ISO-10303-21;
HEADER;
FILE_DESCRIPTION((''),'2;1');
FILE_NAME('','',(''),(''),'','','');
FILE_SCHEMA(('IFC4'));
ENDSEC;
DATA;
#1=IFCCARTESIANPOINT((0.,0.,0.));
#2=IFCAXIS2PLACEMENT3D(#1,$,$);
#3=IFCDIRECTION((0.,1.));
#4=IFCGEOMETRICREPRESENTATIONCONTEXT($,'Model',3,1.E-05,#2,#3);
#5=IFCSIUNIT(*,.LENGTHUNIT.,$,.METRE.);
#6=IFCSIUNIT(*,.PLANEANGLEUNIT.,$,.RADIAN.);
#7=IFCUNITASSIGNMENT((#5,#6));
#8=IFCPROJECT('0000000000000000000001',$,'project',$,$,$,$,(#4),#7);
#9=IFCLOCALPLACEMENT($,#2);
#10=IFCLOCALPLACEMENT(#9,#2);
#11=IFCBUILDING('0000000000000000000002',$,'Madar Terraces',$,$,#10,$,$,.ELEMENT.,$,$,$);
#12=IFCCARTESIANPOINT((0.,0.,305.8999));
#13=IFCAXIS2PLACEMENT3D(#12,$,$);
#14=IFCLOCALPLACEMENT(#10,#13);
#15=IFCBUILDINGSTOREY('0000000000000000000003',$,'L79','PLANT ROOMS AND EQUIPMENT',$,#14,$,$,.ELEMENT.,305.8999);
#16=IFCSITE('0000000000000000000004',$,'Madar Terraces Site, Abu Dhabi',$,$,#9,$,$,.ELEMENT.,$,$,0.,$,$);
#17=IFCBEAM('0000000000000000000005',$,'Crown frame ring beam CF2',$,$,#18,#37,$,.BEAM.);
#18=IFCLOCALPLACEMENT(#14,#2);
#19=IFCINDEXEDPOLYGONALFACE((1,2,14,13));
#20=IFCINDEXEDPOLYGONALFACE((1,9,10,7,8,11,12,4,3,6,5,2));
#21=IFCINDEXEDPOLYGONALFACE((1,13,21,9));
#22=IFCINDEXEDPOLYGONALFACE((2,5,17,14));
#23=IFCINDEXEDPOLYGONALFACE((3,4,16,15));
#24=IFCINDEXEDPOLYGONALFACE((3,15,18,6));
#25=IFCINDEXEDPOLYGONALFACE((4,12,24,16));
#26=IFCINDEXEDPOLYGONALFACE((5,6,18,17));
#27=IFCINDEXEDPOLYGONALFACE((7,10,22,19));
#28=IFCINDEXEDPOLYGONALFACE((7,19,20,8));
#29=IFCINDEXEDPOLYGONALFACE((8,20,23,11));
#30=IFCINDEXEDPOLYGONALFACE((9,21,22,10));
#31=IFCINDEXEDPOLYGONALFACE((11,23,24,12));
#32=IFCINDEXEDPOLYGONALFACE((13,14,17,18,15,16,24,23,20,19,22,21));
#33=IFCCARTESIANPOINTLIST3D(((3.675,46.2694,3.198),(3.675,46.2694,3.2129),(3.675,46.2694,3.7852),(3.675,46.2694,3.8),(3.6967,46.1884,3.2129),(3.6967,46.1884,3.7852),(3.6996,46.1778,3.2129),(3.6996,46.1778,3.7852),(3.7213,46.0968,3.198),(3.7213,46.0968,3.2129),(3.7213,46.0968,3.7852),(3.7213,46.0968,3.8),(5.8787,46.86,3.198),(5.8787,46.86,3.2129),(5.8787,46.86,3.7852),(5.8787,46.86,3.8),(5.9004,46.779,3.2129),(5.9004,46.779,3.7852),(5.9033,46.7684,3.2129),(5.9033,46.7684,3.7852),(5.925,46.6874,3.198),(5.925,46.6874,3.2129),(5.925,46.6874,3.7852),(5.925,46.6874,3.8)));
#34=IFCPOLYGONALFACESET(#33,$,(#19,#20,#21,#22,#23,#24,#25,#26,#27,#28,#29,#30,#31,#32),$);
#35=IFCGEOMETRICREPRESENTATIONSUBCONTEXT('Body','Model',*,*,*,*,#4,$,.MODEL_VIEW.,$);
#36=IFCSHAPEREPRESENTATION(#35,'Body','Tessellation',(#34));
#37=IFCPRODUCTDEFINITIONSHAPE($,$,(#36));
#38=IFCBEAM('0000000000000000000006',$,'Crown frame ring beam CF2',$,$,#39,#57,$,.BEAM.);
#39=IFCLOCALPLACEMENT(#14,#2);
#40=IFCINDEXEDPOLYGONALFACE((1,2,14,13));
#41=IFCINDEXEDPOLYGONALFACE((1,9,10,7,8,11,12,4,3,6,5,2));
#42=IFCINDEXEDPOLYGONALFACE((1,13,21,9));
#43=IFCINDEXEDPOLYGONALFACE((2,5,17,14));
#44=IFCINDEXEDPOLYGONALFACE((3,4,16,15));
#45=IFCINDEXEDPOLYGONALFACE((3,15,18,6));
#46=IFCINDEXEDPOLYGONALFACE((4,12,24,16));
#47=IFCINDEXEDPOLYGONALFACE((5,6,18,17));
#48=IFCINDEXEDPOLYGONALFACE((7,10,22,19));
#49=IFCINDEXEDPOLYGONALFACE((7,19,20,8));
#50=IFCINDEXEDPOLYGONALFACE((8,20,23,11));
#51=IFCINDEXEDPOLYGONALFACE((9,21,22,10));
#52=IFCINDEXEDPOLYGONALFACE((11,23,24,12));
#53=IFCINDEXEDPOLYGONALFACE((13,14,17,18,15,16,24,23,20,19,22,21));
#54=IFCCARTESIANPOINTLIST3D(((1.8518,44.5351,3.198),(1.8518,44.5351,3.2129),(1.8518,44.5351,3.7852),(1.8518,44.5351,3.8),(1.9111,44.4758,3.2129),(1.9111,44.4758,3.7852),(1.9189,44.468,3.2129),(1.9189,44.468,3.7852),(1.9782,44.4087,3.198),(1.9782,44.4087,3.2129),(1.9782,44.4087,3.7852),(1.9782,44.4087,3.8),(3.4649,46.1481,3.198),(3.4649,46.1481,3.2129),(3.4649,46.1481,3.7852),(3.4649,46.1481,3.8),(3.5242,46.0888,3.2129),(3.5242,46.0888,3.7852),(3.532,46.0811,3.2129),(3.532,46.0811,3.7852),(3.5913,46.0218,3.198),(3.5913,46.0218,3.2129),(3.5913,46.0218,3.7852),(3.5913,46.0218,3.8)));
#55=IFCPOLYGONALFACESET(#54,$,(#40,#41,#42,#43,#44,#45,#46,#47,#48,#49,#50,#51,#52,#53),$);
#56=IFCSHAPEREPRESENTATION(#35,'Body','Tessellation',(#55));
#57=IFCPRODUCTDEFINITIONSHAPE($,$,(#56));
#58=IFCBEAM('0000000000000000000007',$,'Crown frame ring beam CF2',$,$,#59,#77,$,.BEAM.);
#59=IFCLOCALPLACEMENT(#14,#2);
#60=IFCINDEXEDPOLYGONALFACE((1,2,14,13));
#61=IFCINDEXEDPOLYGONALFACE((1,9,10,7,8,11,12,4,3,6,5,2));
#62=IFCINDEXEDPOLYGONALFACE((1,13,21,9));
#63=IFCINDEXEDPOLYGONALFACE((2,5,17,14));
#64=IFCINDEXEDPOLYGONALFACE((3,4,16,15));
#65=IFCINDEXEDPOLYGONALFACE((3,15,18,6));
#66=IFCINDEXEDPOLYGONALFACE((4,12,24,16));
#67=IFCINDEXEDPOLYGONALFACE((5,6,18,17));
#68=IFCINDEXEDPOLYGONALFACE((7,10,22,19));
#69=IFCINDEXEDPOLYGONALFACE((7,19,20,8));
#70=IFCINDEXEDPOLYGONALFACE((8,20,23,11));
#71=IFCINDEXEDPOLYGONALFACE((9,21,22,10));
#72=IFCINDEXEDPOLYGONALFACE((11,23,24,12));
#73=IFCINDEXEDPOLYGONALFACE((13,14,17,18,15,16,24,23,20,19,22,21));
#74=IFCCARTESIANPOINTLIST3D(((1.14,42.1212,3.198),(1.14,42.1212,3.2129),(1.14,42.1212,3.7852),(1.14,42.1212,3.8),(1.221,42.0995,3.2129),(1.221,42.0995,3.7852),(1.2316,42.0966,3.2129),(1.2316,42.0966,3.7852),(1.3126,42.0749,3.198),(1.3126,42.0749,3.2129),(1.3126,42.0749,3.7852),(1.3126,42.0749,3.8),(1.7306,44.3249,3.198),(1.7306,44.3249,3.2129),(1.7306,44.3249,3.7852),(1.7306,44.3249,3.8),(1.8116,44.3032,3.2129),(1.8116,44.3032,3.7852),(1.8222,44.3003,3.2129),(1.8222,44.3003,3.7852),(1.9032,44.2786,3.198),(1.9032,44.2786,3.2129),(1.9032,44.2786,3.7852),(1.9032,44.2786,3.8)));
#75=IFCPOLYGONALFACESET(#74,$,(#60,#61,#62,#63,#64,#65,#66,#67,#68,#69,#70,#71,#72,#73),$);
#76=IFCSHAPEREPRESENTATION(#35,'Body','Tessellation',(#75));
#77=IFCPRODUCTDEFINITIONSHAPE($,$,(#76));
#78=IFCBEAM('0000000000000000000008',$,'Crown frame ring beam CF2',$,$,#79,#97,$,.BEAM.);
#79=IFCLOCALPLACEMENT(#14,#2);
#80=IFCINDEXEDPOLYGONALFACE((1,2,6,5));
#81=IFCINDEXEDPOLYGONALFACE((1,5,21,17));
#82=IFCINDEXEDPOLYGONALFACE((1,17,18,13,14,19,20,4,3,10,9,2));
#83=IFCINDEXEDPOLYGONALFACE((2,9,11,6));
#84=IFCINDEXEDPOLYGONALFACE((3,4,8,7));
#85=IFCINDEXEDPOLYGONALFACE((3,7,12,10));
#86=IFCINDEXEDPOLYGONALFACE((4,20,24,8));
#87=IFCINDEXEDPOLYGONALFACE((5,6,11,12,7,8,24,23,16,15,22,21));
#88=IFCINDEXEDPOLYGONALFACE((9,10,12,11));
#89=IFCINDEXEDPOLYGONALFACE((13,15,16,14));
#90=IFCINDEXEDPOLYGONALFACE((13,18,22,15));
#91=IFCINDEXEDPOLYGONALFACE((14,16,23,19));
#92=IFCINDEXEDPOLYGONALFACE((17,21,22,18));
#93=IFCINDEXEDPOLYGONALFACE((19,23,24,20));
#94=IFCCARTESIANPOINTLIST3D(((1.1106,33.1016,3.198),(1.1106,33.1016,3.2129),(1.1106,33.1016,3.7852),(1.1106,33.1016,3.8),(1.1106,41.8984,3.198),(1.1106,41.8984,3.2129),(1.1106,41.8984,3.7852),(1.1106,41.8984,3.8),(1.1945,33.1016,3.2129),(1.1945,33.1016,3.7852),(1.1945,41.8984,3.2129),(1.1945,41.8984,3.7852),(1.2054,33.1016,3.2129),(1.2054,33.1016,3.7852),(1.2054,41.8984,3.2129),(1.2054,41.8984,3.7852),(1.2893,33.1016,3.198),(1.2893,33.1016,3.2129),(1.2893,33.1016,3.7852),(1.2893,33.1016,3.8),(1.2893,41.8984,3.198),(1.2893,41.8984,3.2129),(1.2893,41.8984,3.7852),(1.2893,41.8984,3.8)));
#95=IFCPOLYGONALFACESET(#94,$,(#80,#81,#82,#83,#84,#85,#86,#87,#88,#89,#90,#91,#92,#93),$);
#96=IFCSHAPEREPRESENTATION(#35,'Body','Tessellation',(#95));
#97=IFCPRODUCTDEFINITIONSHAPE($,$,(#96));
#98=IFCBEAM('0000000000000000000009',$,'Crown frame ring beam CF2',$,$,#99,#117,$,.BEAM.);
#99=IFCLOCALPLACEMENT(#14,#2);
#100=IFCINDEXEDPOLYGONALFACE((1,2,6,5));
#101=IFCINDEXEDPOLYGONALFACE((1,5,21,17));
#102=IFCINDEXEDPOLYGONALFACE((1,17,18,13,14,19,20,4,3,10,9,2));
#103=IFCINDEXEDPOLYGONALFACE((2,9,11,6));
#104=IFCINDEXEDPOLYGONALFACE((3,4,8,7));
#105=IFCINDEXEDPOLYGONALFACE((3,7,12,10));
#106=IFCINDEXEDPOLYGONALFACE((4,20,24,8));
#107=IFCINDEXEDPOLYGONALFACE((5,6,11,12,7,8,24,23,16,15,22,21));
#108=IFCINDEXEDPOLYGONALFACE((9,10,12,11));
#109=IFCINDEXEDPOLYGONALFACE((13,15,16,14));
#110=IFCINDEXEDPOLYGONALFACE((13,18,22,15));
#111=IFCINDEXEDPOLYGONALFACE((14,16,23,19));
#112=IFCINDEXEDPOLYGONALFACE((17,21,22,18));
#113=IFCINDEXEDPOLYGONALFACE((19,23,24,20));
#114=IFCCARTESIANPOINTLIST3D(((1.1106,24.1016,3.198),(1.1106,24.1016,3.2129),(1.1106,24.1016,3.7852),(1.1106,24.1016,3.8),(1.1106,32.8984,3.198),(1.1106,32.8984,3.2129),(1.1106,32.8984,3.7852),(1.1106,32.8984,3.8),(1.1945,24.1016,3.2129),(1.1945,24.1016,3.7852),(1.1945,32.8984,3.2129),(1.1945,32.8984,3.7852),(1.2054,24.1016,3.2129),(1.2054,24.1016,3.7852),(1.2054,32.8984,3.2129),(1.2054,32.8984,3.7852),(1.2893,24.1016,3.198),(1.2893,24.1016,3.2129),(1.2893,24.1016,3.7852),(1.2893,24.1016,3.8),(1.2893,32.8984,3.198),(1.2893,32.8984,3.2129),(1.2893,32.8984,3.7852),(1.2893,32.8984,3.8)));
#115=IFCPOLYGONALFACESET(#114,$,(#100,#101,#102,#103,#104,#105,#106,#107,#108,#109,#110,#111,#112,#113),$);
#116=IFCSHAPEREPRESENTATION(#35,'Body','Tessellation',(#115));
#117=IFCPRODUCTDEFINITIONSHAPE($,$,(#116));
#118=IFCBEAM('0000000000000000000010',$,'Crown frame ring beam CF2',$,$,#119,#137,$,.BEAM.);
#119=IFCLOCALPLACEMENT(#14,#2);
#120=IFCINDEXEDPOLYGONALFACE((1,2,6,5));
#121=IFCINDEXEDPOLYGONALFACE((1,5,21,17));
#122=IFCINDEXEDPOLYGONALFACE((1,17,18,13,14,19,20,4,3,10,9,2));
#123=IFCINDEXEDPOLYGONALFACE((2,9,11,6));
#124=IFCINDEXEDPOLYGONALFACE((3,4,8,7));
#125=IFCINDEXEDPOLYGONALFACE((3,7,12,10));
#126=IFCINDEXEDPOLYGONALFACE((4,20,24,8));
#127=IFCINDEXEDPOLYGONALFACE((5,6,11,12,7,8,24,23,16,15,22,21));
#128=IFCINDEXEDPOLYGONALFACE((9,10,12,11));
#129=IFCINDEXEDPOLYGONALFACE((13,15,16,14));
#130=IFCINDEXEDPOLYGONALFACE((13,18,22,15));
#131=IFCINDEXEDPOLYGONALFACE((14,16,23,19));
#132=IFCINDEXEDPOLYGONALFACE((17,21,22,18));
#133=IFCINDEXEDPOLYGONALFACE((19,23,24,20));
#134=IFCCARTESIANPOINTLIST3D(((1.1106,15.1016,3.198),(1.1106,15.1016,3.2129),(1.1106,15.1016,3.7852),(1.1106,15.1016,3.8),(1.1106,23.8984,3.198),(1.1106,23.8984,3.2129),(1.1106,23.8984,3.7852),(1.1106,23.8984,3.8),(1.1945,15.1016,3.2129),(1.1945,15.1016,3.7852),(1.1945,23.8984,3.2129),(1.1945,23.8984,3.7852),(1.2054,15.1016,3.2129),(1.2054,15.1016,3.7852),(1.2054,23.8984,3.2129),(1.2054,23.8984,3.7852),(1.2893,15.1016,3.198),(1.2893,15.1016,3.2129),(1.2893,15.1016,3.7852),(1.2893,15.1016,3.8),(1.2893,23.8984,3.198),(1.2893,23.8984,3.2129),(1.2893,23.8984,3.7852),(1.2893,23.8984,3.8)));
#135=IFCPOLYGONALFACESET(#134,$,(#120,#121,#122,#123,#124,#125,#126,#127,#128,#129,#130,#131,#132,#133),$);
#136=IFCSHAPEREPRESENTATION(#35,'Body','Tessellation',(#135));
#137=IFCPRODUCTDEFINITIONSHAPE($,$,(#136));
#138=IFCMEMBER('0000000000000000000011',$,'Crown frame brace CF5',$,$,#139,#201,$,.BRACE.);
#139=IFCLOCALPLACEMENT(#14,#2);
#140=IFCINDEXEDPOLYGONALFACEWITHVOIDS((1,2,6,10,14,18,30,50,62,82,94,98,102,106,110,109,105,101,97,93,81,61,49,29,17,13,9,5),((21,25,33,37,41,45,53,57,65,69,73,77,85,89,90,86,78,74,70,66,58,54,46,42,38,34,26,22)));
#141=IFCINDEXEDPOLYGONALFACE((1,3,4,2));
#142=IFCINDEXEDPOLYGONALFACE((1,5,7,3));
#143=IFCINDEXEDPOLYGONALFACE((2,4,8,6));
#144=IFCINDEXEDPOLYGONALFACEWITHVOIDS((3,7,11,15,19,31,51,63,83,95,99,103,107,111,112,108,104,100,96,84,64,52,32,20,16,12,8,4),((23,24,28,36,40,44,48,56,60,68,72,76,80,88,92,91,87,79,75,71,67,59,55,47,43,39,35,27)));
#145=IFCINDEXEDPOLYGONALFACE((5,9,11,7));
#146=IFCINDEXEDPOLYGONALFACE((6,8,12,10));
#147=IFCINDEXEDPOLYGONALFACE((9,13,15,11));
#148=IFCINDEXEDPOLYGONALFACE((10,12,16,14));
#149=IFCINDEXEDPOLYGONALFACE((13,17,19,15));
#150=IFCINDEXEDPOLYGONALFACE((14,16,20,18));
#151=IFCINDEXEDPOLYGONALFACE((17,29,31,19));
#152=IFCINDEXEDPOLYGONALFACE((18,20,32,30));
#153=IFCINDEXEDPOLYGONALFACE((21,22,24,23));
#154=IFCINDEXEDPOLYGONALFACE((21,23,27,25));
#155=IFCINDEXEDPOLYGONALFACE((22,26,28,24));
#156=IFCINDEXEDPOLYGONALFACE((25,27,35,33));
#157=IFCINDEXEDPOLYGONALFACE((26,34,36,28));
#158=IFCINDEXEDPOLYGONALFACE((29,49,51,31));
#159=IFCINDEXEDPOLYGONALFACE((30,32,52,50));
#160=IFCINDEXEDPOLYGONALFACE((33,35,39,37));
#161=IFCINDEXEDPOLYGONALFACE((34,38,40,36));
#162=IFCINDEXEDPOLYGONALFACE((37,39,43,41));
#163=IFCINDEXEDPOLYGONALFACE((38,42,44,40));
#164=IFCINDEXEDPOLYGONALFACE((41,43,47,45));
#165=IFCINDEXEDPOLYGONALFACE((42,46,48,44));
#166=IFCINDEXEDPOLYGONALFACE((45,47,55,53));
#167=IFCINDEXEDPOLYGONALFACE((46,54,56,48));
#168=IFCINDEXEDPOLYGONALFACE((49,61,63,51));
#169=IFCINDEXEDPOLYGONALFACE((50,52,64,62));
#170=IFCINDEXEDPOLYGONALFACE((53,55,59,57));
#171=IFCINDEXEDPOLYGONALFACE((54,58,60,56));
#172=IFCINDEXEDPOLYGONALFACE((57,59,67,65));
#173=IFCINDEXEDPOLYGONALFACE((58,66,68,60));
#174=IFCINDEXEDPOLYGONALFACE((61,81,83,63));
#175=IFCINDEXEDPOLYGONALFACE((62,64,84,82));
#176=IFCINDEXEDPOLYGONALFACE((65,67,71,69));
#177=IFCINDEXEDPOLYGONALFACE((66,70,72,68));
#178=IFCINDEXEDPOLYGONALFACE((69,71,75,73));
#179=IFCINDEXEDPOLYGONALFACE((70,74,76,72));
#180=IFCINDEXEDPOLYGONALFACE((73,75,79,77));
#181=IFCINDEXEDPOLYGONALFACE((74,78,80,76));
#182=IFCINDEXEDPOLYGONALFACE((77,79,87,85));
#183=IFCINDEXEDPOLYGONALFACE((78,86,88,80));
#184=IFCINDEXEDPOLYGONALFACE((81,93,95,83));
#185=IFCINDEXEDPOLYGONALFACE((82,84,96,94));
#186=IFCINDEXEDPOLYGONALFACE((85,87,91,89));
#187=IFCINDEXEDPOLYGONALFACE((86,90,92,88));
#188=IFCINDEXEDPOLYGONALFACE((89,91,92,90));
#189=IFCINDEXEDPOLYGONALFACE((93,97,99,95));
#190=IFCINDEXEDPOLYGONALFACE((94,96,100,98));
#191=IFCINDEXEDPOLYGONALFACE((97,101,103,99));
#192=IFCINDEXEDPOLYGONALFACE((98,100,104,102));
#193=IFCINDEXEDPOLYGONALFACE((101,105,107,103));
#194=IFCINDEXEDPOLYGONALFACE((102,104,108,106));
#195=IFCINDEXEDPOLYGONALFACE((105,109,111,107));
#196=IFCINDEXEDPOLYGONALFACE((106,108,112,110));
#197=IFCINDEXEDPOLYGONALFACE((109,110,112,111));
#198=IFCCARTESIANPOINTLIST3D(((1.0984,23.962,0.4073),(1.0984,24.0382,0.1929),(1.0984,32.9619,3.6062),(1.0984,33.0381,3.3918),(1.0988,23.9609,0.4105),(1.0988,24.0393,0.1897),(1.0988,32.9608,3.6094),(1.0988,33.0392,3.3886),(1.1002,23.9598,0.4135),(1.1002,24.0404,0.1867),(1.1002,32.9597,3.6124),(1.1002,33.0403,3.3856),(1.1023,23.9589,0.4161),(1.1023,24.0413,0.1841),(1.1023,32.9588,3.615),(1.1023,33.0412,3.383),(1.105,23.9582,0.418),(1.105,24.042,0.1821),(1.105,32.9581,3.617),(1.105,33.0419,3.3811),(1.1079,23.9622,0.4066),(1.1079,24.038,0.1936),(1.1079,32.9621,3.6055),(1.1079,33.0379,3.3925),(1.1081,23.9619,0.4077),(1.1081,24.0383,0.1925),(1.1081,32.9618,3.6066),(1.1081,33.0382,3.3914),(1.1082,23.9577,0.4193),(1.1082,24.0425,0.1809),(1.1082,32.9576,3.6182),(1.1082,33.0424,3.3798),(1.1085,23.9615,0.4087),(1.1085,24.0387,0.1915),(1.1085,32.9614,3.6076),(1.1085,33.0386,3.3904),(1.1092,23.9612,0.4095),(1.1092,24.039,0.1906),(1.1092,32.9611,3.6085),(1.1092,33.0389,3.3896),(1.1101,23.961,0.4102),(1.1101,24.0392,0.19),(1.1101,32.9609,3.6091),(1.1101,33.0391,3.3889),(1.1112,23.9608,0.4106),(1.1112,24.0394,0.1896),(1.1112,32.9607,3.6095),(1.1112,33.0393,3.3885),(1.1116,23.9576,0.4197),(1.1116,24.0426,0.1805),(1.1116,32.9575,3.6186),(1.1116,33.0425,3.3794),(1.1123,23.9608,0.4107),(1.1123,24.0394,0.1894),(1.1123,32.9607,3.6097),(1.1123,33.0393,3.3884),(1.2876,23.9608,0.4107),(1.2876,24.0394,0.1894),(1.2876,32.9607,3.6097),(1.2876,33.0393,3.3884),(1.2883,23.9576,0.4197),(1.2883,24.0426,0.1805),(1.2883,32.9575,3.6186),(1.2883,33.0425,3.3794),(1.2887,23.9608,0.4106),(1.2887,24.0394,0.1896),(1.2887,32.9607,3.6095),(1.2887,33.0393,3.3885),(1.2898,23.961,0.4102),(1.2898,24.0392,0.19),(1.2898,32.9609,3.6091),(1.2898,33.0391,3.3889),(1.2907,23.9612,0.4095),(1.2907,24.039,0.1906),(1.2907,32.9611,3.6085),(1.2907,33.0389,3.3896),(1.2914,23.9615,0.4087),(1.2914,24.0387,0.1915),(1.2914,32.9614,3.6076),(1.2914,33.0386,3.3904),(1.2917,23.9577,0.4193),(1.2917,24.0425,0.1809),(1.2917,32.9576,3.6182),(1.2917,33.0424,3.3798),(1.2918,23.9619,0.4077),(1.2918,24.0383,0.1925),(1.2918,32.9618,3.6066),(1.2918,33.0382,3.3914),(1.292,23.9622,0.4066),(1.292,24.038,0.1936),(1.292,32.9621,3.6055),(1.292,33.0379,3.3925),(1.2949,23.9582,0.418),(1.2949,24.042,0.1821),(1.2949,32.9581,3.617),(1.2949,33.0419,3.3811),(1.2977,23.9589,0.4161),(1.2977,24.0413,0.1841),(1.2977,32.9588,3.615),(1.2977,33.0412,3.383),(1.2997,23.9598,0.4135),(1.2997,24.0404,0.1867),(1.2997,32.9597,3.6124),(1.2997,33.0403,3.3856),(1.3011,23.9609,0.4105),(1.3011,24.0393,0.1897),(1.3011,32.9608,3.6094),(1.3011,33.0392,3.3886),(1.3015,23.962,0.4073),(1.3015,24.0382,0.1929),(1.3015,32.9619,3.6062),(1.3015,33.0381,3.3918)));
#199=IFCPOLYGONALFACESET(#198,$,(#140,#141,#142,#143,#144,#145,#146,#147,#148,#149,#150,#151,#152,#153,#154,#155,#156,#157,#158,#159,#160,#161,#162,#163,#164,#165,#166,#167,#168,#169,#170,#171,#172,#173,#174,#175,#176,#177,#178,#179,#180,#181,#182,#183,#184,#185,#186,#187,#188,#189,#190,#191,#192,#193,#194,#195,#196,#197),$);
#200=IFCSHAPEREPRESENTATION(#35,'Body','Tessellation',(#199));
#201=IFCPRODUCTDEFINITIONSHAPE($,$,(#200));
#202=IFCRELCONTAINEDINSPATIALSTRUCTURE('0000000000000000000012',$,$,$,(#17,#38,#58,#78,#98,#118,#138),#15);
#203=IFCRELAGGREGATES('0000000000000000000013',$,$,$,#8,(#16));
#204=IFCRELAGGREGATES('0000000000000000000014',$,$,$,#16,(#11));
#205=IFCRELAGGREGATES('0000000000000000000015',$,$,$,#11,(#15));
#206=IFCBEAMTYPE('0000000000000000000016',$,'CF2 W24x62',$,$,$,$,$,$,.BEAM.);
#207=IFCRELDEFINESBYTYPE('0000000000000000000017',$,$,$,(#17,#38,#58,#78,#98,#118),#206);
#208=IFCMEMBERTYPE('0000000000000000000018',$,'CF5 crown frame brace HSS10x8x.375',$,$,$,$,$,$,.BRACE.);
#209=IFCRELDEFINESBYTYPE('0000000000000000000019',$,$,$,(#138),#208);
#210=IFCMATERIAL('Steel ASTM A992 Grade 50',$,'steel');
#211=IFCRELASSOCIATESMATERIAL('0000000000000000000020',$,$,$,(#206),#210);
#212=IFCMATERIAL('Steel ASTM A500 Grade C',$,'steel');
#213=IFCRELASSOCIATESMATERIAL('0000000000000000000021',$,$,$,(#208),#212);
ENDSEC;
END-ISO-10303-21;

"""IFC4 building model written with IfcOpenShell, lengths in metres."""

from ifc_helpers import new_model, si_unit, direction, frame, origin, origin_2d, place, context, subcontext, project, spatial, hollow_rectangle, i_section, extrude, material, material_profile, profile_set, type_object, element, save


model = new_model("IFC4")

# Units and contexts
model_context = context("Model", 3, precision=1e-05, world=origin(), true_north=direction((0.0, 1.0)))
body_context = subcontext(model_context, "Body", "Model", "MODEL_VIEW")
ifc_project = project(units=[si_unit("LENGTHUNIT", "METRE"), si_unit("PLANEANGLEUNIT", "RADIAN")], contexts=[model_context])

# Site, building, storey
site_placement = place(None, origin())
site = spatial("IfcSite", under=ifc_project, at=site_placement, Name="Madar Terraces Site, Abu Dhabi", CompositionType="ELEMENT", RefElevation=0.0)
building_placement = place(site_placement, origin())
building = spatial("IfcBuilding", under=site, at=building_placement, Name="Madar Terraces", CompositionType="ELEMENT")
storey_placement = place(building_placement, frame((0.0, 0.0, 305.8999)))
storey = spatial("IfcBuildingStorey", under=building, at=storey_placement, Name="L79", Description="PLANT ROOMS AND EQUIPMENT", CompositionType="ELEMENT", Elevation=305.8999)

# Beams
ifc_material_1 = material(Name="Steel ASTM A992 Grade 50", Category="steel")
ifc_material_profile_1 = material_profile(ifc_material_1, i_section(OverallWidth=0.1787, OverallDepth=0.6021, WebThickness=0.011, FlangeThickness=0.0149, at=origin_2d()), Name="W24x62")
ifc_profile_set_1 = profile_set([ifc_material_profile_1], Name="Steel ASTM A992 Grade 50")
beam_type = type_object("IfcBeamType", Name="CF2 W24x62", PredefinedType="BEAM", material=ifc_profile_set_1)
beam_1_placement = place(storey_placement, frame((5.9019, 46.7737, 3.499), z_axis=(-0.965913, -0.258868, 0.0), x_axis=(0.258868, -0.965913, 0.0)))
element("IfcBeam", 1, at=beam_1_placement, inside=storey, type_object=beam_type, Name="Crown frame ring beam CF2", PredefinedType="BEAM", context=body_context, shape_type="SweptSolid", body=[
    extrude(i_section(OverallWidth=0.1787, OverallDepth=0.6021, WebThickness=0.011, FlangeThickness=0.0149, at=origin_2d()), origin(), (0.0, 0.0, 1.0), 2.2815),
])
beam_2_placement = place(storey_placement, frame((3.5281, 46.085, 3.499), z_axis=(-0.707107, -0.707107, 0.0), x_axis=(0.707107, -0.707107, 0.0)))
element("IfcBeam", 2, at=beam_2_placement, inside=storey, type_object=beam_type, Name="Crown frame ring beam CF2", PredefinedType="BEAM", context=body_context, shape_type="SweptSolid", body=[
    extrude(i_section(OverallWidth=0.1787, OverallDepth=0.6021, WebThickness=0.011, FlangeThickness=0.0149, at=origin_2d()), origin(), (0.0, 0.0, 1.0), 2.2812),
])
beam_3_placement = place(storey_placement, frame((1.8169, 44.3018, 3.499), z_axis=(-0.258868, -0.965913, 0.0), x_axis=(0.965913, -0.258868, 0.0)))
element("IfcBeam", 3, at=beam_3_placement, inside=storey, type_object=beam_type, Name="Crown frame ring beam CF2", PredefinedType="BEAM", context=body_context, shape_type="SweptSolid", body=[
    extrude(i_section(OverallWidth=0.1787, OverallDepth=0.6021, WebThickness=0.011, FlangeThickness=0.0149, at=origin_2d()), origin(), (0.0, 0.0, 1.0), 2.2815),
])
for number, where, z_axis, x_axis, name in (
    (4, (1.2, 41.8984, 3.499), (0.0, -1.0, 0.0), (1.0, 0.0, 0.0), "Crown frame ring beam CF2"),
    (5, (1.2, 32.8984, 3.499), (0.0, -1.0, 0.0), (1.0, 0.0, 0.0), "Crown frame ring beam CF2"),
    (6, (1.2, 23.8984, 3.499), (0.0, -1.0, 0.0), (1.0, 0.0, 0.0), "Crown frame ring beam CF2"),
):
    element("IfcBeam", number, at=place(storey_placement, frame(where, z_axis=z_axis, x_axis=x_axis)), inside=storey, type_object=beam_type, Name=name, PredefinedType="BEAM", context=body_context, shape_type="SweptSolid", body=[
        extrude(i_section(OverallWidth=0.1787, OverallDepth=0.6021, WebThickness=0.011, FlangeThickness=0.0149, at=origin_2d()), origin(), (0.0, 0.0, 1.0), 8.7969),
    ])

# Member
ifc_material_2 = material(Name="Steel ASTM A500 Grade C", Category="steel")
ifc_material_profile_2 = material_profile(ifc_material_2, hollow_rectangle(XDim=0.2031, YDim=0.2539, WallThickness=0.0095, InnerFilletRadius=0.0044, OuterFilletRadius=0.0132, at=origin_2d()), Name="HSS10x8x.375")
ifc_profile_set_2 = profile_set([ifc_material_profile_2], Name="Steel ASTM A500 Grade C")
member_type_1 = type_object("IfcMemberType", Name="CF5 crown frame brace HSS10x8x.375", PredefinedType="BRACE", material=ifc_profile_set_2)
member_placement = place(storey_placement, frame((1.2, 33.0, 3.499), z_axis=(0.0, -0.942249, -0.334914), x_axis=(1.0, 0.0, 0.0)))
element("IfcMember", 7, at=member_placement, inside=storey, type_object=member_type_1, Name="Crown frame brace CF5", PredefinedType="BRACE", context=body_context, shape_type="SweptSolid", body=[
    extrude(hollow_rectangle(XDim=0.2031, YDim=0.2539, WallThickness=0.0095, InnerFilletRadius=0.0044, OuterFilletRadius=0.0132, at=origin_2d()), origin(), (0.0, 0.0, 1.0), 9.5515),
])

save(model, "model.ifc")
